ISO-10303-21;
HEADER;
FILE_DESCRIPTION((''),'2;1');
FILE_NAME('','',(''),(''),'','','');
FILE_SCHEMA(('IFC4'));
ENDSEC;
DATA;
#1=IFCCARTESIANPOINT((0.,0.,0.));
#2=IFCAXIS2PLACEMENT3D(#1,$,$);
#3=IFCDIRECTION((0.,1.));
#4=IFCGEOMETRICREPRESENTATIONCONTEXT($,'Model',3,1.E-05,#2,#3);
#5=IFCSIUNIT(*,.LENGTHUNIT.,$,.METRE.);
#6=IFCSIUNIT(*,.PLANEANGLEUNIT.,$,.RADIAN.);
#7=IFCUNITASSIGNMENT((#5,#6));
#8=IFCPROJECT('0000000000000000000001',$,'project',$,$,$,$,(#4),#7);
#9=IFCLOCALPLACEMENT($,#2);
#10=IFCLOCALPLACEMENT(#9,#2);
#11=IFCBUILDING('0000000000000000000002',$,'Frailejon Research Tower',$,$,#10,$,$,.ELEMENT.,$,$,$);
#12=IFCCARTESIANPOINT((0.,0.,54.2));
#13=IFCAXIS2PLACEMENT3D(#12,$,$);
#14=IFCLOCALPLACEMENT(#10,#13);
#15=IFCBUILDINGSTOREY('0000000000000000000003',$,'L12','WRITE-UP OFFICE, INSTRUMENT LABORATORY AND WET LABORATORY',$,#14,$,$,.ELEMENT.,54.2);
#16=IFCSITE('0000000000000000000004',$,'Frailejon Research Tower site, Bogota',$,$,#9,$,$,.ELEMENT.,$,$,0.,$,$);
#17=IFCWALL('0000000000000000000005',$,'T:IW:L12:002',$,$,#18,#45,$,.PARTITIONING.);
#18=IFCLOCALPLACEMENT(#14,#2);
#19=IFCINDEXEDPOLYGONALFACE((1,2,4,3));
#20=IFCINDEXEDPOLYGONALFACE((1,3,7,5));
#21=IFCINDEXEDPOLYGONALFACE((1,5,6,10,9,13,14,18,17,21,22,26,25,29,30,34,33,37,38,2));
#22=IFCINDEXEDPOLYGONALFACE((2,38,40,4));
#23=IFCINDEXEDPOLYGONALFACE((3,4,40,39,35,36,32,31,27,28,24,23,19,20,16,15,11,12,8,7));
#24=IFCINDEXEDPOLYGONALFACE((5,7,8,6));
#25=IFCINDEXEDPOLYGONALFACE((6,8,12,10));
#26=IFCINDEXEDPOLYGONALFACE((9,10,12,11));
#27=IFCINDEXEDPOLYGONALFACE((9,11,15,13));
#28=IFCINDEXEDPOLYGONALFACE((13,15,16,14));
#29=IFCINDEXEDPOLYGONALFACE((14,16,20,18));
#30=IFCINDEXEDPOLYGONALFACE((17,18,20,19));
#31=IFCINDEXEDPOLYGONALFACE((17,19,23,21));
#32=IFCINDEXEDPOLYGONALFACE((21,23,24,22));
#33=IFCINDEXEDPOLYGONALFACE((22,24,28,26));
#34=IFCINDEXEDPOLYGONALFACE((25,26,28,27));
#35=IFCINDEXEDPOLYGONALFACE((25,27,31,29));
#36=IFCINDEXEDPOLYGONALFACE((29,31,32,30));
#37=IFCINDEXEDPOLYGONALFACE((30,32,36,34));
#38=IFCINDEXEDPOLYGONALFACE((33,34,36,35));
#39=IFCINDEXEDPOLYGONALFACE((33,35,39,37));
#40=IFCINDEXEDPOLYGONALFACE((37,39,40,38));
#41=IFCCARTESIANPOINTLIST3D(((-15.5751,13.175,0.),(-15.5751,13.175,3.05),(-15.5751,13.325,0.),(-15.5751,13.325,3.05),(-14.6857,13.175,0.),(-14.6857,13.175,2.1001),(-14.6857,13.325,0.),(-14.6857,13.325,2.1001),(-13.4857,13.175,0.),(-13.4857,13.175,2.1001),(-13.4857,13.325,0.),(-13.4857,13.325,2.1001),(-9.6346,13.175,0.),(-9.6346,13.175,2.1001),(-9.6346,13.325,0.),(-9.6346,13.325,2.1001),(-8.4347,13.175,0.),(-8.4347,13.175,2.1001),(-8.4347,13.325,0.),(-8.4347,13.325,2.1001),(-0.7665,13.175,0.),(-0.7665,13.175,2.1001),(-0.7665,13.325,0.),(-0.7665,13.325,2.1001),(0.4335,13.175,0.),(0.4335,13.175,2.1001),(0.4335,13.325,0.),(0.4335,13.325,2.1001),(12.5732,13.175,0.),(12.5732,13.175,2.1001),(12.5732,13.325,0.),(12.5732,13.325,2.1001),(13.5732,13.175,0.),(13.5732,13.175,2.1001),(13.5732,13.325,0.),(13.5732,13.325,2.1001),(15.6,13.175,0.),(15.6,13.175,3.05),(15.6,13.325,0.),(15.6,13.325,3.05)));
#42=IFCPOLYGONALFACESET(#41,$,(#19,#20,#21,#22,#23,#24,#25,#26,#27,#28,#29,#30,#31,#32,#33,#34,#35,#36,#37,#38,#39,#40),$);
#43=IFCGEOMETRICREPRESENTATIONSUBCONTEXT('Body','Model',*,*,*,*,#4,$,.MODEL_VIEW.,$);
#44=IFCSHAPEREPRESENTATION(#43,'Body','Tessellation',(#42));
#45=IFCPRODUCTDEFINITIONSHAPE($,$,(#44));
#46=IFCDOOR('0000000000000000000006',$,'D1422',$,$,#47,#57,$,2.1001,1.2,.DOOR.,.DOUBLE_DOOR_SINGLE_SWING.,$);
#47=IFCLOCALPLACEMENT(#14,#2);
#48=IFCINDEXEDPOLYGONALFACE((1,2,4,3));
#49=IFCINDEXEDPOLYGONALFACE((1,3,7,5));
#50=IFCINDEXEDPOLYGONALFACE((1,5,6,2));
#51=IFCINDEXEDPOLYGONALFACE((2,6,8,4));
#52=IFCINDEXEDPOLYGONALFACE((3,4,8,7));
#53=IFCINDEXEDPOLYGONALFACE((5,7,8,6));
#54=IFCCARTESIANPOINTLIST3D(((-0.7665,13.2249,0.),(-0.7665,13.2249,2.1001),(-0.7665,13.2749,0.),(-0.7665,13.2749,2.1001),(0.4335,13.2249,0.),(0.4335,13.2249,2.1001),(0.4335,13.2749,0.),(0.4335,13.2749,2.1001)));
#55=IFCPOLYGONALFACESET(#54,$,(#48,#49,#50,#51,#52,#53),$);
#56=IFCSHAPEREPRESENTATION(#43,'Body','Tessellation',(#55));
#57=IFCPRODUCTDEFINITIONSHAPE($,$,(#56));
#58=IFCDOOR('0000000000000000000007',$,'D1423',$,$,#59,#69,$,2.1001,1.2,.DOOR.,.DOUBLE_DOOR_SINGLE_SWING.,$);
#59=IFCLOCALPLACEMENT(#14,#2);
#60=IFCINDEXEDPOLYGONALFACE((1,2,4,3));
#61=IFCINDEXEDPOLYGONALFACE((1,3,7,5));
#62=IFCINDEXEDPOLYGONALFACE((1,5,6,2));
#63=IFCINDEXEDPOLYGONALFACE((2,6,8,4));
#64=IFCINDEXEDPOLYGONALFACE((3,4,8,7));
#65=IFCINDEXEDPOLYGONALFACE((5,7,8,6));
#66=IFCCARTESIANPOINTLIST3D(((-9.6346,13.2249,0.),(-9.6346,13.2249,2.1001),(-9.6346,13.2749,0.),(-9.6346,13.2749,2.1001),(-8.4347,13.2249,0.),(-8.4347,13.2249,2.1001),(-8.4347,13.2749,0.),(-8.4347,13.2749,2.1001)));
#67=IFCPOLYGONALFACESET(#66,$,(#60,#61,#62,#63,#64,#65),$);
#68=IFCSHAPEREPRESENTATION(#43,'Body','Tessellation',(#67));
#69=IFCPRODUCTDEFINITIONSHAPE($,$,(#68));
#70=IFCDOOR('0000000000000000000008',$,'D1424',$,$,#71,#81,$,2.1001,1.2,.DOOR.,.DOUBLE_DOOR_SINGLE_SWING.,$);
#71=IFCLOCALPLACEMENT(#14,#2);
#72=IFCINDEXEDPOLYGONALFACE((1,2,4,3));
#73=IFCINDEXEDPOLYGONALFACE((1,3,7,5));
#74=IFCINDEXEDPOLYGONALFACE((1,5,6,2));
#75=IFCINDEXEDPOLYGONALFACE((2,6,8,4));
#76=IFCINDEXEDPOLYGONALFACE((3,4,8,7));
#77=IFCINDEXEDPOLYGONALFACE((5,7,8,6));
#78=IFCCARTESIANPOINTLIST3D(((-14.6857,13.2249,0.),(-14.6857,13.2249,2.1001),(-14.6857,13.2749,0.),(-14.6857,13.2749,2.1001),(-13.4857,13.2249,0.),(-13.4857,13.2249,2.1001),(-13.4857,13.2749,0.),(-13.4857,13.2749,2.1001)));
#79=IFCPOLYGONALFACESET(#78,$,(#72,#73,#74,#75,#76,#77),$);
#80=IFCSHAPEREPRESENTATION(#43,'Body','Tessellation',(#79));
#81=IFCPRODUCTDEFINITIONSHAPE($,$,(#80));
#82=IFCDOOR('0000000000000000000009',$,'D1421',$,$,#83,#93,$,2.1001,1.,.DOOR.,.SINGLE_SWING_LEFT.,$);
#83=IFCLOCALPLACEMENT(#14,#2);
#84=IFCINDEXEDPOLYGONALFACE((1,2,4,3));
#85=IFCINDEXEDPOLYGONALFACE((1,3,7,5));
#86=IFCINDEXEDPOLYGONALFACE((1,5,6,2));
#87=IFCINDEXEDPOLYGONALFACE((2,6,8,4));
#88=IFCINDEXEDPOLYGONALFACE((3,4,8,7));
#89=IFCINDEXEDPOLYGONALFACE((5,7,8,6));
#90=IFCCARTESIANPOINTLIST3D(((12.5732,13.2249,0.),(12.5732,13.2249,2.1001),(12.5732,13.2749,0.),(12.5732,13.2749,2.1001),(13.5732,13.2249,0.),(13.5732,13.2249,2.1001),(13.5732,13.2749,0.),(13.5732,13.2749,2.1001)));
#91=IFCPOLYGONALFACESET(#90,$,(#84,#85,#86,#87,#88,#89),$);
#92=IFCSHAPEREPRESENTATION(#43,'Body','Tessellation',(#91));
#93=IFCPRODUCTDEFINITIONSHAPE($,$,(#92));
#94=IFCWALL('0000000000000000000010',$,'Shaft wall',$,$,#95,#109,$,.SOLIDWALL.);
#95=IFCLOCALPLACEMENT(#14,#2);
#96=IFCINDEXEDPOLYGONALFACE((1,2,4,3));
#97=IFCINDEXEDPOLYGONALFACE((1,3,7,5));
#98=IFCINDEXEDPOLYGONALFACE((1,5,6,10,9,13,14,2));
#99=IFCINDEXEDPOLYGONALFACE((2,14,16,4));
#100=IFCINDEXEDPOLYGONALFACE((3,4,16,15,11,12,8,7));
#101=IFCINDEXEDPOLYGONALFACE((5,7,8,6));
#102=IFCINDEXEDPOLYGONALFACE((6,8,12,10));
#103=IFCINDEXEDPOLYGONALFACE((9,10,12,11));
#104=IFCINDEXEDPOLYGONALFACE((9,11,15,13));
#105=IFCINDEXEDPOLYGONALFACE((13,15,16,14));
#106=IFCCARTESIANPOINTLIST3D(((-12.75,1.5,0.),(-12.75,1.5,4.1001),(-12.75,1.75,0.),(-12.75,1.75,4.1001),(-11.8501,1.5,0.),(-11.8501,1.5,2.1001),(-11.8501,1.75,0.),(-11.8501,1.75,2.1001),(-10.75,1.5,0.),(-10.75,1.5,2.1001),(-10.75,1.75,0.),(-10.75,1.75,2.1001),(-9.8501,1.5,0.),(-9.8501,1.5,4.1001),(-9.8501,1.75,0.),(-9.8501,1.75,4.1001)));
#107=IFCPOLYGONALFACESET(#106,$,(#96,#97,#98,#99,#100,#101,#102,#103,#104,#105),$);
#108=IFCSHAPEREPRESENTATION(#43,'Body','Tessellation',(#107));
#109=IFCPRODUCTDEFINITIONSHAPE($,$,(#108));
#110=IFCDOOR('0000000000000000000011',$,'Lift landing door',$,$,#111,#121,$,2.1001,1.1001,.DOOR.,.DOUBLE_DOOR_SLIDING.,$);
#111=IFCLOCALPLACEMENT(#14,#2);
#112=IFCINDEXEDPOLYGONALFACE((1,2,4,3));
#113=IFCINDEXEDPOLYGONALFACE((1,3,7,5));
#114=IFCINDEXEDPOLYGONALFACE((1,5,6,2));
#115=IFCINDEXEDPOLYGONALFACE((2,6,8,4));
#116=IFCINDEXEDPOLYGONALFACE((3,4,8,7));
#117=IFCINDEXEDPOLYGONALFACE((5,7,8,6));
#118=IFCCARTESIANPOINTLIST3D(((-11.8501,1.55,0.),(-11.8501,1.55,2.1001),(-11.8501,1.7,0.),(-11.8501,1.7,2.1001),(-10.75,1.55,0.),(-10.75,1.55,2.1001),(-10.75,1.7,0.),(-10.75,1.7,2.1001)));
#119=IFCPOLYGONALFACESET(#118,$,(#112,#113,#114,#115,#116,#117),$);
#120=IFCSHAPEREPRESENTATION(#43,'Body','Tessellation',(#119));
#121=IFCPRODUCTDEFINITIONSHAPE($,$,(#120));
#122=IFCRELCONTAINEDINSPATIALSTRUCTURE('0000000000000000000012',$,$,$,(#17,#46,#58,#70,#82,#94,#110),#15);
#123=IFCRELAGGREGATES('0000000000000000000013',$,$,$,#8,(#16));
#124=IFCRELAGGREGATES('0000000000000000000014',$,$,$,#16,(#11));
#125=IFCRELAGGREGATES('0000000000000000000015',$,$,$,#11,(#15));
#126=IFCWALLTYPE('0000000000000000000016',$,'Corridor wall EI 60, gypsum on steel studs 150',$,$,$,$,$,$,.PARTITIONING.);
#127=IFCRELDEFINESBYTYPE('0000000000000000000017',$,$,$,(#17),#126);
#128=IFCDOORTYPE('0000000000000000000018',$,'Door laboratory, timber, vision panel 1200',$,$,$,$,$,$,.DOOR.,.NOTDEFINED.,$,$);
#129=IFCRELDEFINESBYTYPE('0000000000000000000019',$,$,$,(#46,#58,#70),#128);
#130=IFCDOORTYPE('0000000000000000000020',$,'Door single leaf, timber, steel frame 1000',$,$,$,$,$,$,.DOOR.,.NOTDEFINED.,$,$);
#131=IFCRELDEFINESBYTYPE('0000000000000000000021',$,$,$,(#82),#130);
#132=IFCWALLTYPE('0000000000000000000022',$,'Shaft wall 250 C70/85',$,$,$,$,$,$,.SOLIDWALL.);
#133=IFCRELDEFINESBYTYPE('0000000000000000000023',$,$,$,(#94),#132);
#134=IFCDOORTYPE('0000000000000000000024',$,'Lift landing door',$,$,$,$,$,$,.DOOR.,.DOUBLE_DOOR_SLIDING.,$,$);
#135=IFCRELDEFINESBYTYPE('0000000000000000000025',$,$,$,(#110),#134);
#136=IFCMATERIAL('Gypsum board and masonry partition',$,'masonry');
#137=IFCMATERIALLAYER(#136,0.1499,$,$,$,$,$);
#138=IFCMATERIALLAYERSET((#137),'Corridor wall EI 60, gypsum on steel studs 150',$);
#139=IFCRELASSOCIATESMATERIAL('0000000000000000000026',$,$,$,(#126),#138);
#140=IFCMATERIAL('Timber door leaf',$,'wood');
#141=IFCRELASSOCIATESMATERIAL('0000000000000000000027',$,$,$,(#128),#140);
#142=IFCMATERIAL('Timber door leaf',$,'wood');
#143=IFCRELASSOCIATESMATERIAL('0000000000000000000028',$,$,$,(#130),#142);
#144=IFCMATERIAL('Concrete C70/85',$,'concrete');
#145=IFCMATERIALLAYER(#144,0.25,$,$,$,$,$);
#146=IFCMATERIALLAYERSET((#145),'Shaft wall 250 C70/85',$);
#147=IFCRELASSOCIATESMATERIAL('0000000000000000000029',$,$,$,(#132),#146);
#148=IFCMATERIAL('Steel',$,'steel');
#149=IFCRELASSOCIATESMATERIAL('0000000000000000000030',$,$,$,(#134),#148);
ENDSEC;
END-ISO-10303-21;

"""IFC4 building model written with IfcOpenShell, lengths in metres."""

from ifc_helpers import new_model, si_unit, direction, frame, frame_2d, origin, place, context, subcontext, project, spatial, rectangle, extrude, material, layer, layer_set, type_object, element, fill, save


model = new_model("IFC4")

# Units and contexts
model_context = context("Model", 3, precision=1e-05, world=origin(), true_north=direction((0.0, 1.0)))
body_context = subcontext(model_context, "Body", "Model", "MODEL_VIEW")
ifc_project = project(units=[si_unit("LENGTHUNIT", "METRE"), si_unit("PLANEANGLEUNIT", "RADIAN")], contexts=[model_context])

# Site, building, storey
site_placement = place(None, origin())
site = spatial("IfcSite", under=ifc_project, at=site_placement, Name="Frailejon Research Tower site, Bogota", CompositionType="ELEMENT", RefElevation=0.0)
building_placement = place(site_placement, origin())
building = spatial("IfcBuilding", under=site, at=building_placement, Name="Frailejon Research Tower", CompositionType="ELEMENT")
storey_placement = place(building_placement, frame((0.0, 0.0, 54.2)))
storey = spatial("IfcBuildingStorey", under=building, at=storey_placement, Name="L12", Description="WRITE-UP OFFICE, INSTRUMENT LABORATORY AND WET LABORATORY", CompositionType="ELEMENT", Elevation=54.2)

# Wall, openings, doors
ifc_material_1 = material(Name="Gypsum board and masonry partition", Category="masonry")
ifc_layer_1 = layer(ifc_material_1, 0.1499)
ifc_layer_set_1 = layer_set([ifc_layer_1], Name="Corridor wall EI 60, gypsum on steel studs 150")
wall_type_1 = type_object("IfcWallType", Name="Corridor wall EI 60, gypsum on steel studs 150", PredefinedType="PARTITIONING", material=ifc_layer_set_1)
wall_1_placement = place(storey_placement, frame((-15.575, 13.25, 0.0), z_axis=(0.0, 0.0, 1.0), x_axis=(1.0, 0.0, 0.0)))
wall_1 = element("IfcWall", 1, at=wall_1_placement, inside=storey, type_object=wall_type_1, Name="T:IW:L12:002", PredefinedType="PARTITIONING", context=body_context, shape_type="SweptSolid", body=[
    extrude(rectangle(XDim=31.175, YDim=0.1499, at=frame_2d((15.5874, 0.0))), origin(), (0.0, 0.0, 1.0), 3.05),
])
opening_1_placement = place(wall_1_placement, frame((28.1482, 0.0, 0.0)))
opening_1 = element("IfcOpeningElement", 2, at=opening_1_placement, cuts=wall_1, PredefinedType="OPENING", context=body_context, shape_type="SweptSolid", body=[
    extrude(rectangle(XDim=1.0, YDim=2.1001, at=frame_2d((0.5, 1.05))), frame((0.0, 0.085, 0.0), z_axis=(0.0, -1.0, 0.0), x_axis=(1.0, 0.0, 0.0)), (0.0, 0.0, 1.0), 0.1699),
])
opening_2_placement = place(wall_1_placement, frame((14.8083, 0.0, 0.0)))
opening_2 = element("IfcOpeningElement", 3, at=opening_2_placement, cuts=wall_1, PredefinedType="OPENING", context=body_context, shape_type="SweptSolid", body=[
    extrude(rectangle(XDim=1.2, YDim=2.1001, at=frame_2d((0.6001, 1.05))), frame((0.0, 0.085, 0.0), z_axis=(0.0, -1.0, 0.0), x_axis=(1.0, 0.0, 0.0)), (0.0, 0.0, 1.0), 0.1699),
])
opening_3_placement = place(wall_1_placement, frame((5.9402, 0.0, 0.0)))
opening_3 = element("IfcOpeningElement", 4, at=opening_3_placement, cuts=wall_1, PredefinedType="OPENING", context=body_context, shape_type="SweptSolid", body=[
    extrude(rectangle(XDim=1.2, YDim=2.1001, at=frame_2d((0.6001, 1.05))), frame((0.0, 0.085, 0.0), z_axis=(0.0, -1.0, 0.0), x_axis=(1.0, 0.0, 0.0)), (0.0, 0.0, 1.0), 0.1699),
])
opening_4_placement = place(wall_1_placement, frame((0.8892, 0.0, 0.0)))
opening_4 = element("IfcOpeningElement", 5, at=opening_4_placement, cuts=wall_1, PredefinedType="OPENING", context=body_context, shape_type="SweptSolid", body=[
    extrude(rectangle(XDim=1.2, YDim=2.1001, at=frame_2d((0.6001, 1.05))), frame((0.0, 0.085, 0.0), z_axis=(0.0, -1.0, 0.0), x_axis=(1.0, 0.0, 0.0)), (0.0, 0.0, 1.0), 0.1699),
])
ifc_material_2 = material(Name="Timber door leaf", Category="wood")
door_type_1 = type_object("IfcDoorType", Name="Door laboratory, timber, vision panel 1200", OperationType="NOTDEFINED", PredefinedType="DOOR", material=ifc_material_2)
door_1_placement = place(opening_2_placement, origin())
door_1 = element("IfcDoor", 6, at=door_1_placement, inside=storey, type_object=door_type_1, Name="D1422", OperationType="DOUBLE_DOOR_SINGLE_SWING", OverallHeight=2.1001, OverallWidth=1.2, PredefinedType="DOOR", context=body_context, shape_type="SweptSolid", body=[
    extrude(rectangle(XDim=1.2, YDim=2.1001, at=frame_2d((0.6001, 1.05))), frame((0.0, 0.0249, 0.0), z_axis=(0.0, -1.0, 0.0), x_axis=(1.0, 0.0, 0.0)), (0.0, 0.0, 1.0), 0.05),
])
fill(opening_2, door_1)
door_2_placement = place(opening_3_placement, origin())
door_2 = element("IfcDoor", 7, at=door_2_placement, inside=storey, type_object=door_type_1, Name="D1423", OperationType="DOUBLE_DOOR_SINGLE_SWING", OverallHeight=2.1001, OverallWidth=1.2, PredefinedType="DOOR", context=body_context, shape_type="SweptSolid", body=[
    extrude(rectangle(XDim=1.2, YDim=2.1001, at=frame_2d((0.6001, 1.05))), frame((0.0, 0.0249, 0.0), z_axis=(0.0, -1.0, 0.0), x_axis=(1.0, 0.0, 0.0)), (0.0, 0.0, 1.0), 0.05),
])
fill(opening_3, door_2)
door_3_placement = place(opening_4_placement, origin())
door_3 = element("IfcDoor", 8, at=door_3_placement, inside=storey, type_object=door_type_1, Name="D1424", OperationType="DOUBLE_DOOR_SINGLE_SWING", OverallHeight=2.1001, OverallWidth=1.2, PredefinedType="DOOR", context=body_context, shape_type="SweptSolid", body=[
    extrude(rectangle(XDim=1.2, YDim=2.1001, at=frame_2d((0.6001, 1.05))), frame((0.0, 0.0249, 0.0), z_axis=(0.0, -1.0, 0.0), x_axis=(1.0, 0.0, 0.0)), (0.0, 0.0, 1.0), 0.05),
])
fill(opening_4, door_3)
ifc_material_3 = material(Name="Timber door leaf", Category="wood")
door_type_2 = type_object("IfcDoorType", Name="Door single leaf, timber, steel frame 1000", OperationType="NOTDEFINED", PredefinedType="DOOR", material=ifc_material_3)
door_4_placement = place(opening_1_placement, origin())
door_4 = element("IfcDoor", 9, at=door_4_placement, inside=storey, type_object=door_type_2, Name="D1421", OperationType="SINGLE_SWING_LEFT", OverallHeight=2.1001, OverallWidth=1.0, PredefinedType="DOOR", context=body_context, shape_type="SweptSolid", body=[
    extrude(rectangle(XDim=1.0, YDim=2.1001, at=frame_2d((0.5, 1.05))), frame((0.0, 0.0249, 0.0), z_axis=(0.0, -1.0, 0.0), x_axis=(1.0, 0.0, 0.0)), (0.0, 0.0, 1.0), 0.05),
])
fill(opening_1, door_4)

# Wall, opening, door
ifc_material_4 = material(Name="Concrete C70/85", Category="concrete")
ifc_layer_2 = layer(ifc_material_4, 0.25)
ifc_layer_set_2 = layer_set([ifc_layer_2], Name="Shaft wall 250 C70/85")
wall_type_2 = type_object("IfcWallType", Name="Shaft wall 250 C70/85", PredefinedType="SOLIDWALL", material=ifc_layer_set_2)
wall_2_placement = place(storey_placement, frame((-12.75, 1.625, 0.0), z_axis=(0.0, 0.0, 1.0), x_axis=(1.0, 0.0, 0.0)))
wall_2 = element("IfcWall", 10, at=wall_2_placement, inside=storey, type_object=wall_type_2, Name="Shaft wall", PredefinedType="SOLIDWALL", context=body_context, shape_type="SweptSolid", body=[
    extrude(rectangle(XDim=2.8999, YDim=0.25, at=frame_2d((1.45, 0.0))), origin(), (0.0, 0.0, 1.0), 4.1001),
])
opening_5_placement = place(wall_2_placement, frame((0.8999, 0.0, 0.0)))
opening_5 = element("IfcOpeningElement", 11, at=opening_5_placement, cuts=wall_2, PredefinedType="OPENING", context=body_context, shape_type="SweptSolid", body=[
    extrude(rectangle(XDim=1.1001, YDim=2.1001, at=frame_2d((0.55, 1.05))), frame((0.0, 0.135, 0.0), z_axis=(0.0, -1.0, 0.0), x_axis=(1.0, 0.0, 0.0)), (0.0, 0.0, 1.0), 0.27),
])
ifc_material_5 = material(Name="Steel", Category="steel")
door_type_3 = type_object("IfcDoorType", Name="Lift landing door", OperationType="DOUBLE_DOOR_SLIDING", PredefinedType="DOOR", material=ifc_material_5)
door_5_placement = place(opening_5_placement, origin())
door_5 = element("IfcDoor", 12, at=door_5_placement, inside=storey, type_object=door_type_3, Name="Lift landing door", OperationType="DOUBLE_DOOR_SLIDING", OverallHeight=2.1001, OverallWidth=1.1001, PredefinedType="DOOR", context=body_context, shape_type="SweptSolid", body=[
    extrude(rectangle(XDim=1.1001, YDim=2.1001, at=frame_2d((0.55, 1.05))), frame((0.0, 0.075, 0.0), z_axis=(0.0, -1.0, 0.0), x_axis=(1.0, 0.0, 0.0)), (0.0, 0.0, 1.0), 0.1499),
])
fill(opening_5, door_5)

save(model, "model.ifc")
